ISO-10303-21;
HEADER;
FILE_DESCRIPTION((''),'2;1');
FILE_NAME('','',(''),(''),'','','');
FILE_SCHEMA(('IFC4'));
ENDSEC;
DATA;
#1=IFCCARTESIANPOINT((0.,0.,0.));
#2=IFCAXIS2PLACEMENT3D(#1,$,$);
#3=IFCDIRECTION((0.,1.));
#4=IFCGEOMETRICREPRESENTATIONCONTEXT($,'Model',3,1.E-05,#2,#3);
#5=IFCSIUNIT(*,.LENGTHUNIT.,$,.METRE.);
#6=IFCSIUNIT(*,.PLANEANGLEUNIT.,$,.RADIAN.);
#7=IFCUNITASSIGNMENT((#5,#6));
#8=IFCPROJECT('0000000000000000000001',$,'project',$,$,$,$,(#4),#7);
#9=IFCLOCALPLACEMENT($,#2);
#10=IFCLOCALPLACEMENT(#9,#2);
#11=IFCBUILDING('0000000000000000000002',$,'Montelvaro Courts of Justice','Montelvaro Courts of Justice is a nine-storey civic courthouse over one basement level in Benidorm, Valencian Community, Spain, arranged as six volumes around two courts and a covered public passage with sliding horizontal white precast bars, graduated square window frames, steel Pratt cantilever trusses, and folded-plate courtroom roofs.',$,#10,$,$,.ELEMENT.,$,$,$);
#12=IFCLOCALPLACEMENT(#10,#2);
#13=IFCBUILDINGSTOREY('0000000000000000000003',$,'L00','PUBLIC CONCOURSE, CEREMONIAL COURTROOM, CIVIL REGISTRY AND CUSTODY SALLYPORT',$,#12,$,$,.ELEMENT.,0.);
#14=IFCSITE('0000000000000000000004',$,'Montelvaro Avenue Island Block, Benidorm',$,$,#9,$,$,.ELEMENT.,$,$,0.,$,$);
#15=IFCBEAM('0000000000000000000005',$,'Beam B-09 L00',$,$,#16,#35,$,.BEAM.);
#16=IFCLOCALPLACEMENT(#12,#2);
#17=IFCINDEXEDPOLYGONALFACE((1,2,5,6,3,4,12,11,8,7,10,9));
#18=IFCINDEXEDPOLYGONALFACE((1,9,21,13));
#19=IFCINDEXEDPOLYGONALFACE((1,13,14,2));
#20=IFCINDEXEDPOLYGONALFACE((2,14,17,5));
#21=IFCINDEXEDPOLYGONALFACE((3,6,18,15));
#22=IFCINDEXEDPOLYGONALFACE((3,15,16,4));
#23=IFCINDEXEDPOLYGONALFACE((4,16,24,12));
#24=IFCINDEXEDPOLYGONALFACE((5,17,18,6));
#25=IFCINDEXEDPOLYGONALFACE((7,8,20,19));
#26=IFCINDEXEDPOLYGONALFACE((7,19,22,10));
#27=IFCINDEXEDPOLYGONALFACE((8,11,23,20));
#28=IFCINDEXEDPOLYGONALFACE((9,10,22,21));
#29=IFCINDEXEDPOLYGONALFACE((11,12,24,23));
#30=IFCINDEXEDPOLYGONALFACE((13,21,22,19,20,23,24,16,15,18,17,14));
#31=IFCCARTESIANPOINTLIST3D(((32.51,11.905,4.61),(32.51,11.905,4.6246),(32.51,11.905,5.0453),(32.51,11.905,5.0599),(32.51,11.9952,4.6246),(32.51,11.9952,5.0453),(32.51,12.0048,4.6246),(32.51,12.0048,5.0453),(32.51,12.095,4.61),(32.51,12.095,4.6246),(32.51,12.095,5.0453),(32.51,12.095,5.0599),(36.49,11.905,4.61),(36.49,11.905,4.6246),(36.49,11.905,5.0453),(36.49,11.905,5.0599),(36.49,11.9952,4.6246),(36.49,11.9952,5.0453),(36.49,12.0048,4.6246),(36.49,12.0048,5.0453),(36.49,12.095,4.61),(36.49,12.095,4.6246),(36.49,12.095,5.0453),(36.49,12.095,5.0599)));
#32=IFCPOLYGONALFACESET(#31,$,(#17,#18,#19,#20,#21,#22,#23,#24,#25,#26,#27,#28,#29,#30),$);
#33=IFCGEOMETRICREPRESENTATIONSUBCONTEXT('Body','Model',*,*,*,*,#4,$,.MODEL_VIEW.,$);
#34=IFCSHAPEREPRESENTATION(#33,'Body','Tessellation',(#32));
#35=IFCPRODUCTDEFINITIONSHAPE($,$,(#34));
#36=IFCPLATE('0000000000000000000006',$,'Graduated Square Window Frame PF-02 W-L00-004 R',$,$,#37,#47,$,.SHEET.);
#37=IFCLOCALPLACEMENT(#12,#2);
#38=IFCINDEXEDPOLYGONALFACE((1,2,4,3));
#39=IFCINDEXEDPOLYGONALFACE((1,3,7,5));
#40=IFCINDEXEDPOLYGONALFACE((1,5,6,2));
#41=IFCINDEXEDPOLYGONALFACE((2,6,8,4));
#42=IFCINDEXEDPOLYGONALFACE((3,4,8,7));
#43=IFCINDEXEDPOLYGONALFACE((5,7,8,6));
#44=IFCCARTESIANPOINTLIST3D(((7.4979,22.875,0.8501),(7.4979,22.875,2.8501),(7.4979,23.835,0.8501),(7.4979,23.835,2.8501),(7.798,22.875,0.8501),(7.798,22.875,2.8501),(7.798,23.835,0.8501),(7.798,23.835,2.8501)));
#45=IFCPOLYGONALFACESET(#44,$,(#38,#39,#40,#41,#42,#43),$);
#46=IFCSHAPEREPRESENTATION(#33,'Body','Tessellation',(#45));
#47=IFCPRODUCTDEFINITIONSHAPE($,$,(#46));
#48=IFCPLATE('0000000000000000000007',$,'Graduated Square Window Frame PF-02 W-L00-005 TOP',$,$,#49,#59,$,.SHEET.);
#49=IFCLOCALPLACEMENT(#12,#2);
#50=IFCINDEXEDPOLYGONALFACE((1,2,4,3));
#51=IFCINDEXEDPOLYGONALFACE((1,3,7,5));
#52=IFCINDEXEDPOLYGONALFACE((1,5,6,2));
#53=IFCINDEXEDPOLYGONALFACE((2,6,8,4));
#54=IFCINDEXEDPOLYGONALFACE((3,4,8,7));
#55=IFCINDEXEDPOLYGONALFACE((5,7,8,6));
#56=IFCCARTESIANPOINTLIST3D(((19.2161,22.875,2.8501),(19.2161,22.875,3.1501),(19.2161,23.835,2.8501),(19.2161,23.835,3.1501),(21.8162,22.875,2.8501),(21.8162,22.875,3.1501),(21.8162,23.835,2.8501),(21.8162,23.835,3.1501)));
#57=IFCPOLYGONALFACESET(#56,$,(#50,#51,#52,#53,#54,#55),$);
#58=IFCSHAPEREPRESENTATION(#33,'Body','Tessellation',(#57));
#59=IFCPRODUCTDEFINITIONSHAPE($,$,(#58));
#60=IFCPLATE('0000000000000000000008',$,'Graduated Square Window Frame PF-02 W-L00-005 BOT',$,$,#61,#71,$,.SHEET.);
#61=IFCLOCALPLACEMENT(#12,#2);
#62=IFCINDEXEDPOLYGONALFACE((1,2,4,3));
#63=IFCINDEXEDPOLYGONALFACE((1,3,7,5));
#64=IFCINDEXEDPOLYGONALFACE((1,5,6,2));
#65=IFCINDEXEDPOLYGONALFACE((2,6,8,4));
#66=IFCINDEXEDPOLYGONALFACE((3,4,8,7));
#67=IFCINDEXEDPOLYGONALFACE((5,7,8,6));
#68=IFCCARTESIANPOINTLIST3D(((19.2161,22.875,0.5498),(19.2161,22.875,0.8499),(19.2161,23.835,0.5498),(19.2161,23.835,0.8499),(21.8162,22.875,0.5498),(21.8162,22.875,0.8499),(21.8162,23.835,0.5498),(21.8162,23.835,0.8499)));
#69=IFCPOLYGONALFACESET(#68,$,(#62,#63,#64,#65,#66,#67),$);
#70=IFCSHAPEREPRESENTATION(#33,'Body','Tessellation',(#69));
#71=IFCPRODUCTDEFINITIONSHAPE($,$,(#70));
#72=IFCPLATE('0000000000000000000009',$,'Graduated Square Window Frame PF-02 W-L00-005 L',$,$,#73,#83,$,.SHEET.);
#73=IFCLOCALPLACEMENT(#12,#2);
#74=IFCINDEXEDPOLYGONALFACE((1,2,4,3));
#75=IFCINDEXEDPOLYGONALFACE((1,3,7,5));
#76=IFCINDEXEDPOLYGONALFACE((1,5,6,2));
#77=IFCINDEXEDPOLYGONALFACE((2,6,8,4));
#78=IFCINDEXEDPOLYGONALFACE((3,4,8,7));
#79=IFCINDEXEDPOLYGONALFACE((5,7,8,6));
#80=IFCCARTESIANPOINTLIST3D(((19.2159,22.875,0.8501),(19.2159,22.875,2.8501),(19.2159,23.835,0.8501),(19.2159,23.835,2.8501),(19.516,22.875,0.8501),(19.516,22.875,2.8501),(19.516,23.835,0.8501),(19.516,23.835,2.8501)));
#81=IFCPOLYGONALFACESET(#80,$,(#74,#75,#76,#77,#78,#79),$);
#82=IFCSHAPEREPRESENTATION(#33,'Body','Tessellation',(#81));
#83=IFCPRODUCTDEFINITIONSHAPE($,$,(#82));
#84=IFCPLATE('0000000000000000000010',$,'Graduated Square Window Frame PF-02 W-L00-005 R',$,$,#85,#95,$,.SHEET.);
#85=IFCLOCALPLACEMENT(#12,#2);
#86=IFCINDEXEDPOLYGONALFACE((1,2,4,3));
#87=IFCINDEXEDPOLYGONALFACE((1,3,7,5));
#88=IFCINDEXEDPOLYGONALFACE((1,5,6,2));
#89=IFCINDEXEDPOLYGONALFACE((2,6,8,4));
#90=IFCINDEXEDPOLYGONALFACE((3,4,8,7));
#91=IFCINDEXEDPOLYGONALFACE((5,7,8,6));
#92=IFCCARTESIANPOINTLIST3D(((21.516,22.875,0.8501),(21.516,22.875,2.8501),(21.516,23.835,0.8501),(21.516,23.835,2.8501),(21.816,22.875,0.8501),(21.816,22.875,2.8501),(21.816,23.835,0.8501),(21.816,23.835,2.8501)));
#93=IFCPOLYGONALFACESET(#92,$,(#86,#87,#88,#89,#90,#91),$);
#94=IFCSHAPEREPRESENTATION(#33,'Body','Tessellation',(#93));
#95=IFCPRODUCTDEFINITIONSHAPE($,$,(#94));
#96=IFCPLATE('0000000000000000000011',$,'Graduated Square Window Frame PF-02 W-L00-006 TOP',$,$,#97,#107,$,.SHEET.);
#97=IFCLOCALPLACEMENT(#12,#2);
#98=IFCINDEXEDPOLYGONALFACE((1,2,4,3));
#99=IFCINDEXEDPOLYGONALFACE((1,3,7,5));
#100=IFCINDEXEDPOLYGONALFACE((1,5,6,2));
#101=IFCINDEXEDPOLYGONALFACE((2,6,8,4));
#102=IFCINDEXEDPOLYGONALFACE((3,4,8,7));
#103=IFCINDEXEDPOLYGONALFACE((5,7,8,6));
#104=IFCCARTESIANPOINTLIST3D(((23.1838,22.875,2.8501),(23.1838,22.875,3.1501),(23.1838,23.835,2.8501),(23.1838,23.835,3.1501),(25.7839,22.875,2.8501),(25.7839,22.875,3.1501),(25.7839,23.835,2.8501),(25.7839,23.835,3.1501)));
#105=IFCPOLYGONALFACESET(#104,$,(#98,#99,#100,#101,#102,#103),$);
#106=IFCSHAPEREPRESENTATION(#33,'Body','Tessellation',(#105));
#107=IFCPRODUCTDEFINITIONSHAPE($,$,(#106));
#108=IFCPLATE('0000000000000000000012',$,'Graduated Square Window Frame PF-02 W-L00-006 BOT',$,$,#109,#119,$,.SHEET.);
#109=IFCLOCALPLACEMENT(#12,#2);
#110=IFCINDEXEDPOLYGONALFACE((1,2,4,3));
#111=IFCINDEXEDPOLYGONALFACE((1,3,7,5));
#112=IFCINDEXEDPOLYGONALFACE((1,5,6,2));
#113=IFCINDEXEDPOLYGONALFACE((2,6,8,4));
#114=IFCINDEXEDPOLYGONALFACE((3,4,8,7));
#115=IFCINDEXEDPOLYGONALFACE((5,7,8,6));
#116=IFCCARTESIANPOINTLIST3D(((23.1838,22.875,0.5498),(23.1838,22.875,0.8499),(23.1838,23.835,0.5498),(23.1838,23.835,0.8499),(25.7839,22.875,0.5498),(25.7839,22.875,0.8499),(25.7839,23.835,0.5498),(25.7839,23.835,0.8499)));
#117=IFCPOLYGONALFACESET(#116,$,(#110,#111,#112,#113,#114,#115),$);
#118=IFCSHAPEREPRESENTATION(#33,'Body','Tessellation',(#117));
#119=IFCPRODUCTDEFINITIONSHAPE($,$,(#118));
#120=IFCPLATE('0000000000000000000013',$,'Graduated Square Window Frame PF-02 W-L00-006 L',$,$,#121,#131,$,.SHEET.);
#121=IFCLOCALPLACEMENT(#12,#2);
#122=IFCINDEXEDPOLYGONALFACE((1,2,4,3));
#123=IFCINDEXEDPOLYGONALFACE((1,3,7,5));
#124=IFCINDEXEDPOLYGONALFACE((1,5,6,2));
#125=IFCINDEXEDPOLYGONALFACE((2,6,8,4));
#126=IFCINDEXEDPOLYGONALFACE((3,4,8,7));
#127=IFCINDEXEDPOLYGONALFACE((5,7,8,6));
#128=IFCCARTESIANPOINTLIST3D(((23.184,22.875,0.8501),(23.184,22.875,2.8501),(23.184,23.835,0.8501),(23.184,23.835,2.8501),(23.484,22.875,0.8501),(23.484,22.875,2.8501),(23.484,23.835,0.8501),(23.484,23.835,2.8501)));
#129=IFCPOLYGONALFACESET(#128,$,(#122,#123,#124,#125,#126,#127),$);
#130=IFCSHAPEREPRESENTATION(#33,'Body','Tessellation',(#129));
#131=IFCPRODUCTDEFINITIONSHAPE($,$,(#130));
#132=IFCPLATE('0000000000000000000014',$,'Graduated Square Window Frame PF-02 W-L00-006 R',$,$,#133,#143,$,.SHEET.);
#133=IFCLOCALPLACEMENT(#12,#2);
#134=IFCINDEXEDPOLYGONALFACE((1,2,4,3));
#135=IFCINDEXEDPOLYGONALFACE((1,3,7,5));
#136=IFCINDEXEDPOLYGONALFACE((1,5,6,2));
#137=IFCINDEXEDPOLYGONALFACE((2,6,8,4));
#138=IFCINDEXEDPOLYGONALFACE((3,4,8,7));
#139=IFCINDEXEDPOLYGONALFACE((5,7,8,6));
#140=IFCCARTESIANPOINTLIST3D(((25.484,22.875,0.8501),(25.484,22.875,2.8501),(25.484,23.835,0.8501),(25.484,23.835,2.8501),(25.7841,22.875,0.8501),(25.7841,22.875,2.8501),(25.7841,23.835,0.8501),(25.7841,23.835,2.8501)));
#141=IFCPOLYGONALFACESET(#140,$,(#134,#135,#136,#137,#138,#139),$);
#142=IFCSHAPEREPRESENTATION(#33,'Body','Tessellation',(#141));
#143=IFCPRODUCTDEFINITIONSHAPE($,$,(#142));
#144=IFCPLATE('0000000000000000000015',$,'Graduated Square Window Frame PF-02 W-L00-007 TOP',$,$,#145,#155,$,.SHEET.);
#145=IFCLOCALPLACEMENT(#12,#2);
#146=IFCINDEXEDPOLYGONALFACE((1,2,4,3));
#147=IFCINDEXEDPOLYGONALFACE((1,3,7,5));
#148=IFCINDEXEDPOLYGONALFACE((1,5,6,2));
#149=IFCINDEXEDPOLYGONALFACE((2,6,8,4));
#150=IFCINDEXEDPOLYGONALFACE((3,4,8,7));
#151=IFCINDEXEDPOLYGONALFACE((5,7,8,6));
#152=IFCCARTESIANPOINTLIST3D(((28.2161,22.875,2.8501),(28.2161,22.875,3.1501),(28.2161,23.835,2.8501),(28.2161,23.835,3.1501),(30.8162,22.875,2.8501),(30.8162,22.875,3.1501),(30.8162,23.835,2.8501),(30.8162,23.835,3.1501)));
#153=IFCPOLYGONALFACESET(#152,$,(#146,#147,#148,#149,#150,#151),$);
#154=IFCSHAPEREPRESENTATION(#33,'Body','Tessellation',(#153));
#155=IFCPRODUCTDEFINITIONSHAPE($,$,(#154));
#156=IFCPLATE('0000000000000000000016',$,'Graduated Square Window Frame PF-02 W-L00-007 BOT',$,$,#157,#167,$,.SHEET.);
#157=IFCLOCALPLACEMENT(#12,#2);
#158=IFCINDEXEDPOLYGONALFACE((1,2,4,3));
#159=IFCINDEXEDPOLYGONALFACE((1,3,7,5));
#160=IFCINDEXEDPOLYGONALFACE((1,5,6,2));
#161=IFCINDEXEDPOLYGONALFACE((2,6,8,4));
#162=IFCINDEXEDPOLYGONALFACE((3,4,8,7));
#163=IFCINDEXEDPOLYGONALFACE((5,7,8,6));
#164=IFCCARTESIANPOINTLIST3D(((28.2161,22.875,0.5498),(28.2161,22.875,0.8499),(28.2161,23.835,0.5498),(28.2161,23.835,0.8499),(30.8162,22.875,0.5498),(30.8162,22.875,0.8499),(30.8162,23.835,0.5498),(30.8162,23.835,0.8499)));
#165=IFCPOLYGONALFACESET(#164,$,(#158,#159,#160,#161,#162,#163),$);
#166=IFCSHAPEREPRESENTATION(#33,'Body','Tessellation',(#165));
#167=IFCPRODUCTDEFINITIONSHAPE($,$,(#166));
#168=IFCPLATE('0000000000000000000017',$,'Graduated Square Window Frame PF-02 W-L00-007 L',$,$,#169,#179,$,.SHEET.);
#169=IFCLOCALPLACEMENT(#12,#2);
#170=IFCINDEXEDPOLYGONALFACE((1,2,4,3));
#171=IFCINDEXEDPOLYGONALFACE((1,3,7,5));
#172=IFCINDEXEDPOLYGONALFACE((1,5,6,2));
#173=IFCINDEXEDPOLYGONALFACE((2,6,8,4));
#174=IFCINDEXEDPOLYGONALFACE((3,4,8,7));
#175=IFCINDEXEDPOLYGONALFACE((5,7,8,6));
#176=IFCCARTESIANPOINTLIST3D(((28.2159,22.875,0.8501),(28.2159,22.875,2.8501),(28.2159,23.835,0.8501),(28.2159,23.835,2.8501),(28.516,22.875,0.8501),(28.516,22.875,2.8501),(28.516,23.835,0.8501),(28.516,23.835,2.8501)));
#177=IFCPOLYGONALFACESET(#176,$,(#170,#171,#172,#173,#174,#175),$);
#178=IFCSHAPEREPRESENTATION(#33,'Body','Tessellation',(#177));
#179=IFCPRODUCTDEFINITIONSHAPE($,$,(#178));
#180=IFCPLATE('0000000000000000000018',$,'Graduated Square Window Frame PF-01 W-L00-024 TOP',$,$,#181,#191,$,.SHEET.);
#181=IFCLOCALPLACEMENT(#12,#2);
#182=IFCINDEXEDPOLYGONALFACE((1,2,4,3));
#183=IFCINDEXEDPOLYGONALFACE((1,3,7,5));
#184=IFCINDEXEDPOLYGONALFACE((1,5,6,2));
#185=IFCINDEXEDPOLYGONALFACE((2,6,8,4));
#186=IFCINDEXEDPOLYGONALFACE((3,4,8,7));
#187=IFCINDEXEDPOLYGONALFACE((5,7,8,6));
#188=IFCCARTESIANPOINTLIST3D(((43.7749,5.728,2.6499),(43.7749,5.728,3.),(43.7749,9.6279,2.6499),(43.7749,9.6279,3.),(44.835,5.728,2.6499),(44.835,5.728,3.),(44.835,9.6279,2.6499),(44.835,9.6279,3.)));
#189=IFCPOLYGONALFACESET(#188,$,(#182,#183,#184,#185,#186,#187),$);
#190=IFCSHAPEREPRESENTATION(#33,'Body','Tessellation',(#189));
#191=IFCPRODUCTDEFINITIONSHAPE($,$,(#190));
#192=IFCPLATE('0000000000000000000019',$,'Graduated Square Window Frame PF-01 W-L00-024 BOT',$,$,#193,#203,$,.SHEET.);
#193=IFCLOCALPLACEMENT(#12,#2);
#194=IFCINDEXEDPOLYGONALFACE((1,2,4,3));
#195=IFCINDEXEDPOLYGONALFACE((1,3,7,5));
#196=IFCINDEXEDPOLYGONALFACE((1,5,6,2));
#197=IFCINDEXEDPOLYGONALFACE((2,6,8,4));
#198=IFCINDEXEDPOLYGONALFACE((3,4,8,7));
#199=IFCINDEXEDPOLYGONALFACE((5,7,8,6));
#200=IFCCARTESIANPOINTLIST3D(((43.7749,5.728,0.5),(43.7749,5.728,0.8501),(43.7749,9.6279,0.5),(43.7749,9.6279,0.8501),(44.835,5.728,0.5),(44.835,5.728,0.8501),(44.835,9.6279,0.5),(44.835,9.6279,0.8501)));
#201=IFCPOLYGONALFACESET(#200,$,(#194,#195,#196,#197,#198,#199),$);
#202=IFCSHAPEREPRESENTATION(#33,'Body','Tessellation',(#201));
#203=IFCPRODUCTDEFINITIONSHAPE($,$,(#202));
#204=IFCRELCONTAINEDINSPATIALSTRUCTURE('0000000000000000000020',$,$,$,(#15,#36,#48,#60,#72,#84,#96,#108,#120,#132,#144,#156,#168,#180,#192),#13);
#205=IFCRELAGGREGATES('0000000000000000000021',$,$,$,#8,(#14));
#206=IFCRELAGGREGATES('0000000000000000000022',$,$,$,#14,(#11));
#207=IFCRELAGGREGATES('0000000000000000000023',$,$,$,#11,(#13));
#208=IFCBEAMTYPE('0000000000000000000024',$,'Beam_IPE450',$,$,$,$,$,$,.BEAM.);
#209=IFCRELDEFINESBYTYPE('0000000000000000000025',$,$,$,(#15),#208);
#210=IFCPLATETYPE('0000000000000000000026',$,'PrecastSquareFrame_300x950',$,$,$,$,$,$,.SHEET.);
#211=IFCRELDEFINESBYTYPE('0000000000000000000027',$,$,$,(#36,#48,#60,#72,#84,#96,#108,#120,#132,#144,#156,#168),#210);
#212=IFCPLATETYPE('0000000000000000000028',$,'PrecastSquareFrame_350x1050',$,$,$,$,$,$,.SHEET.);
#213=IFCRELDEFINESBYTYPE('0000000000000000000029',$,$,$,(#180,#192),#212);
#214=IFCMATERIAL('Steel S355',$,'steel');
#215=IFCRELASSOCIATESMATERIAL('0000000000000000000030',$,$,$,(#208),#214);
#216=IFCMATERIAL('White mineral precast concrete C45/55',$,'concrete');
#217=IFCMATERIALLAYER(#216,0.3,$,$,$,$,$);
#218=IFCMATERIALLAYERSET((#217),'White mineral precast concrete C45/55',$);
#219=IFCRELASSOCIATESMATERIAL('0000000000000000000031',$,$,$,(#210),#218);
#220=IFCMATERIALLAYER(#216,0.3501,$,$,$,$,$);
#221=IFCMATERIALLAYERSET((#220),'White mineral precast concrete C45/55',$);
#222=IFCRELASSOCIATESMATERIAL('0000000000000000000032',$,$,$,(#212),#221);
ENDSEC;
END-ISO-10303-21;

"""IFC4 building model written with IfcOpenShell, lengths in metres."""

from ifc_helpers import new_model, si_unit, direction, frame, origin, origin_2d, place, context, subcontext, project, spatial, rectangle, i_section, extrude, material, layer, layer_set, material_profile, profile_set, type_object, element, save


model = new_model("IFC4")

# Units and contexts
model_context = context("Model", 3, precision=1e-05, world=origin(), true_north=direction((0.0, 1.0)))
body_context = subcontext(model_context, "Body", "Model", "MODEL_VIEW")
ifc_project = project(units=[si_unit("LENGTHUNIT", "METRE"), si_unit("PLANEANGLEUNIT", "RADIAN")], contexts=[model_context])

# Site, building, storey
site_placement = place(None, origin())
site = spatial("IfcSite", under=ifc_project, at=site_placement, Name="Montelvaro Avenue Island Block, Benidorm", CompositionType="ELEMENT", RefElevation=0.0)
building_placement = place(site_placement, origin())
building = spatial("IfcBuilding", under=site, at=building_placement, Name="Montelvaro Courts of Justice", Description="Montelvaro Courts of Justice is a nine-storey civic courthouse over one basement level in Benidorm, Valencian Community, Spain, arranged as six volumes around two courts and a covered public passage with sliding horizontal white precast bars, graduated square window frames, steel Pratt cantilever trusses, and folded-plate courtroom roofs.", CompositionType="ELEMENT")
storey_placement = place(building_placement, origin())
storey = spatial("IfcBuildingStorey", under=building, at=storey_placement, Name="L00", Description="PUBLIC CONCOURSE, CEREMONIAL COURTROOM, CIVIL REGISTRY AND CUSTODY SALLYPORT", CompositionType="ELEMENT", Elevation=0.0)

# Shared definitions
ifc_material_1 = material(Name="Steel S355", Category="steel")

# Beam
ifc_material_profile_1 = material_profile(ifc_material_1, i_section(OverallWidth=0.1899, OverallDepth=0.45, WebThickness=0.0095, FlangeThickness=0.0146, at=origin_2d()), Name="IPE 450")
ifc_profile_set_1 = profile_set([ifc_material_profile_1], Name="Steel S355")
beam_type_1 = type_object("IfcBeamType", Name="Beam_IPE450", PredefinedType="BEAM", material=ifc_profile_set_1)
for number, where, z_axis, x_axis, name in (
    (1, (32.51, 12.0, 4.835), (1.0, 0.0, 0.0), (0.0, 1.0, 0.0), "Beam B-09 L00"),
):
    element("IfcBeam", number, at=place(storey_placement, frame(where, z_axis=z_axis, x_axis=x_axis)), inside=storey, type_object=beam_type_1, Name=name, PredefinedType="BEAM", context=body_context, shape_type="SweptSolid", body=[
        extrude(i_section(OverallWidth=0.1899, OverallDepth=0.45, WebThickness=0.0095, FlangeThickness=0.0146, at=origin_2d()), origin(), (0.0, 0.0, 1.0), 3.98),
    ])

# Plates
ifc_material_2 = material(Name="White mineral precast concrete C45/55", Category="concrete")
ifc_layer_1 = layer(ifc_material_2, 0.3)
ifc_layer_set_1 = layer_set([ifc_layer_1], Name="White mineral precast concrete C45/55")
plate_type_1 = type_object("IfcPlateType", Name="PrecastSquareFrame_300x950", PredefinedType="SHEET", material=ifc_layer_set_1)
plate_1_placement = place(storey_placement, frame((7.6479, 23.355, 0.8501), z_axis=(0.0, 0.0, 1.0), x_axis=(1.0, 0.0, 0.0)))
element("IfcPlate", 2, at=plate_1_placement, inside=storey, type_object=plate_type_1, Name="Graduated Square Window Frame PF-02 W-L00-004 R", PredefinedType="SHEET", context=body_context, shape_type="SweptSolid", body=[
    extrude(rectangle(XDim=0.3, YDim=0.96, at=origin_2d()), origin(), (0.0, 0.0, 1.0), 2.0),
])
for number, where, z_axis, x_axis, name in (
    (3, (20.5161, 23.355, 2.8501), (0.0, 0.0, 1.0), (1.0, 0.0, 0.0), "Graduated Square Window Frame PF-02 W-L00-005 TOP"),
    (4, (20.5161, 23.355, 0.5498), (0.0, 0.0, 1.0), (1.0, 0.0, 0.0), "Graduated Square Window Frame PF-02 W-L00-005 BOT"),
):
    element("IfcPlate", number, at=place(storey_placement, frame(where, z_axis=z_axis, x_axis=x_axis)), inside=storey, type_object=plate_type_1, Name=name, PredefinedType="SHEET", context=body_context, shape_type="SweptSolid", body=[
        extrude(rectangle(XDim=2.6001, YDim=0.96, at=origin_2d()), origin(), (0.0, 0.0, 1.0), 0.3),
    ])
for number, where, z_axis, x_axis, name in (
    (5, (19.366, 23.355, 0.8501), (0.0, 0.0, 1.0), (1.0, 0.0, 0.0), "Graduated Square Window Frame PF-02 W-L00-005 L"),
    (6, (21.666, 23.355, 0.8501), (0.0, 0.0, 1.0), (1.0, 0.0, 0.0), "Graduated Square Window Frame PF-02 W-L00-005 R"),
):
    element("IfcPlate", number, at=place(storey_placement, frame(where, z_axis=z_axis, x_axis=x_axis)), inside=storey, type_object=plate_type_1, Name=name, PredefinedType="SHEET", context=body_context, shape_type="SweptSolid", body=[
        extrude(rectangle(XDim=0.3, YDim=0.96, at=origin_2d()), origin(), (0.0, 0.0, 1.0), 2.0),
    ])
for number, where, z_axis, x_axis, name in (
    (7, (24.4839, 23.355, 2.8501), (0.0, 0.0, 1.0), (1.0, 0.0, 0.0), "Graduated Square Window Frame PF-02 W-L00-006 TOP"),
    (8, (24.4839, 23.355, 0.5498), (0.0, 0.0, 1.0), (1.0, 0.0, 0.0), "Graduated Square Window Frame PF-02 W-L00-006 BOT"),
):
    element("IfcPlate", number, at=place(storey_placement, frame(where, z_axis=z_axis, x_axis=x_axis)), inside=storey, type_object=plate_type_1, Name=name, PredefinedType="SHEET", context=body_context, shape_type="SweptSolid", body=[
        extrude(rectangle(XDim=2.6001, YDim=0.96, at=origin_2d()), origin(), (0.0, 0.0, 1.0), 0.3),
    ])
for number, where, z_axis, x_axis, name in (
    (9, (23.334, 23.355, 0.8501), (0.0, 0.0, 1.0), (1.0, 0.0, 0.0), "Graduated Square Window Frame PF-02 W-L00-006 L"),
    (10, (25.634, 23.355, 0.8501), (0.0, 0.0, 1.0), (1.0, 0.0, 0.0), "Graduated Square Window Frame PF-02 W-L00-006 R"),
):
    element("IfcPlate", number, at=place(storey_placement, frame(where, z_axis=z_axis, x_axis=x_axis)), inside=storey, type_object=plate_type_1, Name=name, PredefinedType="SHEET", context=body_context, shape_type="SweptSolid", body=[
        extrude(rectangle(XDim=0.3, YDim=0.96, at=origin_2d()), origin(), (0.0, 0.0, 1.0), 2.0),
    ])
for number, where, z_axis, x_axis, name in (
    (11, (29.5161, 23.355, 2.8501), (0.0, 0.0, 1.0), (1.0, 0.0, 0.0), "Graduated Square Window Frame PF-02 W-L00-007 TOP"),
    (12, (29.5161, 23.355, 0.5498), (0.0, 0.0, 1.0), (1.0, 0.0, 0.0), "Graduated Square Window Frame PF-02 W-L00-007 BOT"),
):
    element("IfcPlate", number, at=place(storey_placement, frame(where, z_axis=z_axis, x_axis=x_axis)), inside=storey, type_object=plate_type_1, Name=name, PredefinedType="SHEET", context=body_context, shape_type="SweptSolid", body=[
        extrude(rectangle(XDim=2.6001, YDim=0.96, at=origin_2d()), origin(), (0.0, 0.0, 1.0), 0.3),
    ])
plate_2_placement = place(storey_placement, frame((28.366, 23.355, 0.8501), z_axis=(0.0, 0.0, 1.0), x_axis=(1.0, 0.0, 0.0)))
element("IfcPlate", 13, at=plate_2_placement, inside=storey, type_object=plate_type_1, Name="Graduated Square Window Frame PF-02 W-L00-007 L", PredefinedType="SHEET", context=body_context, shape_type="SweptSolid", body=[
    extrude(rectangle(XDim=0.3, YDim=0.96, at=origin_2d()), origin(), (0.0, 0.0, 1.0), 2.0),
])
ifc_layer_2 = layer(ifc_material_2, 0.3501)
ifc_layer_set_2 = layer_set([ifc_layer_2], Name="White mineral precast concrete C45/55")
plate_type_2 = type_object("IfcPlateType", Name="PrecastSquareFrame_350x1050", PredefinedType="SHEET", material=ifc_layer_set_2)
for number, where, z_axis, x_axis, name in (
    (14, (44.3049, 7.678, 2.6499), (0.0, 0.0, 1.0), (0.0, -1.0, 0.0), "Graduated Square Window Frame PF-01 W-L00-024 TOP"),
    (15, (44.3049, 7.678, 0.5), (0.0, 0.0, 1.0), (0.0, -1.0, 0.0), "Graduated Square Window Frame PF-01 W-L00-024 BOT"),
):
    element("IfcPlate", number, at=place(storey_placement, frame(where, z_axis=z_axis, x_axis=x_axis)), inside=storey, type_object=plate_type_2, Name=name, PredefinedType="SHEET", context=body_context, shape_type="SweptSolid", body=[
        extrude(rectangle(XDim=3.8999, YDim=1.0601, at=origin_2d()), origin(), (0.0, 0.0, 1.0), 0.3501),
    ])

save(model, "model.ifc")
